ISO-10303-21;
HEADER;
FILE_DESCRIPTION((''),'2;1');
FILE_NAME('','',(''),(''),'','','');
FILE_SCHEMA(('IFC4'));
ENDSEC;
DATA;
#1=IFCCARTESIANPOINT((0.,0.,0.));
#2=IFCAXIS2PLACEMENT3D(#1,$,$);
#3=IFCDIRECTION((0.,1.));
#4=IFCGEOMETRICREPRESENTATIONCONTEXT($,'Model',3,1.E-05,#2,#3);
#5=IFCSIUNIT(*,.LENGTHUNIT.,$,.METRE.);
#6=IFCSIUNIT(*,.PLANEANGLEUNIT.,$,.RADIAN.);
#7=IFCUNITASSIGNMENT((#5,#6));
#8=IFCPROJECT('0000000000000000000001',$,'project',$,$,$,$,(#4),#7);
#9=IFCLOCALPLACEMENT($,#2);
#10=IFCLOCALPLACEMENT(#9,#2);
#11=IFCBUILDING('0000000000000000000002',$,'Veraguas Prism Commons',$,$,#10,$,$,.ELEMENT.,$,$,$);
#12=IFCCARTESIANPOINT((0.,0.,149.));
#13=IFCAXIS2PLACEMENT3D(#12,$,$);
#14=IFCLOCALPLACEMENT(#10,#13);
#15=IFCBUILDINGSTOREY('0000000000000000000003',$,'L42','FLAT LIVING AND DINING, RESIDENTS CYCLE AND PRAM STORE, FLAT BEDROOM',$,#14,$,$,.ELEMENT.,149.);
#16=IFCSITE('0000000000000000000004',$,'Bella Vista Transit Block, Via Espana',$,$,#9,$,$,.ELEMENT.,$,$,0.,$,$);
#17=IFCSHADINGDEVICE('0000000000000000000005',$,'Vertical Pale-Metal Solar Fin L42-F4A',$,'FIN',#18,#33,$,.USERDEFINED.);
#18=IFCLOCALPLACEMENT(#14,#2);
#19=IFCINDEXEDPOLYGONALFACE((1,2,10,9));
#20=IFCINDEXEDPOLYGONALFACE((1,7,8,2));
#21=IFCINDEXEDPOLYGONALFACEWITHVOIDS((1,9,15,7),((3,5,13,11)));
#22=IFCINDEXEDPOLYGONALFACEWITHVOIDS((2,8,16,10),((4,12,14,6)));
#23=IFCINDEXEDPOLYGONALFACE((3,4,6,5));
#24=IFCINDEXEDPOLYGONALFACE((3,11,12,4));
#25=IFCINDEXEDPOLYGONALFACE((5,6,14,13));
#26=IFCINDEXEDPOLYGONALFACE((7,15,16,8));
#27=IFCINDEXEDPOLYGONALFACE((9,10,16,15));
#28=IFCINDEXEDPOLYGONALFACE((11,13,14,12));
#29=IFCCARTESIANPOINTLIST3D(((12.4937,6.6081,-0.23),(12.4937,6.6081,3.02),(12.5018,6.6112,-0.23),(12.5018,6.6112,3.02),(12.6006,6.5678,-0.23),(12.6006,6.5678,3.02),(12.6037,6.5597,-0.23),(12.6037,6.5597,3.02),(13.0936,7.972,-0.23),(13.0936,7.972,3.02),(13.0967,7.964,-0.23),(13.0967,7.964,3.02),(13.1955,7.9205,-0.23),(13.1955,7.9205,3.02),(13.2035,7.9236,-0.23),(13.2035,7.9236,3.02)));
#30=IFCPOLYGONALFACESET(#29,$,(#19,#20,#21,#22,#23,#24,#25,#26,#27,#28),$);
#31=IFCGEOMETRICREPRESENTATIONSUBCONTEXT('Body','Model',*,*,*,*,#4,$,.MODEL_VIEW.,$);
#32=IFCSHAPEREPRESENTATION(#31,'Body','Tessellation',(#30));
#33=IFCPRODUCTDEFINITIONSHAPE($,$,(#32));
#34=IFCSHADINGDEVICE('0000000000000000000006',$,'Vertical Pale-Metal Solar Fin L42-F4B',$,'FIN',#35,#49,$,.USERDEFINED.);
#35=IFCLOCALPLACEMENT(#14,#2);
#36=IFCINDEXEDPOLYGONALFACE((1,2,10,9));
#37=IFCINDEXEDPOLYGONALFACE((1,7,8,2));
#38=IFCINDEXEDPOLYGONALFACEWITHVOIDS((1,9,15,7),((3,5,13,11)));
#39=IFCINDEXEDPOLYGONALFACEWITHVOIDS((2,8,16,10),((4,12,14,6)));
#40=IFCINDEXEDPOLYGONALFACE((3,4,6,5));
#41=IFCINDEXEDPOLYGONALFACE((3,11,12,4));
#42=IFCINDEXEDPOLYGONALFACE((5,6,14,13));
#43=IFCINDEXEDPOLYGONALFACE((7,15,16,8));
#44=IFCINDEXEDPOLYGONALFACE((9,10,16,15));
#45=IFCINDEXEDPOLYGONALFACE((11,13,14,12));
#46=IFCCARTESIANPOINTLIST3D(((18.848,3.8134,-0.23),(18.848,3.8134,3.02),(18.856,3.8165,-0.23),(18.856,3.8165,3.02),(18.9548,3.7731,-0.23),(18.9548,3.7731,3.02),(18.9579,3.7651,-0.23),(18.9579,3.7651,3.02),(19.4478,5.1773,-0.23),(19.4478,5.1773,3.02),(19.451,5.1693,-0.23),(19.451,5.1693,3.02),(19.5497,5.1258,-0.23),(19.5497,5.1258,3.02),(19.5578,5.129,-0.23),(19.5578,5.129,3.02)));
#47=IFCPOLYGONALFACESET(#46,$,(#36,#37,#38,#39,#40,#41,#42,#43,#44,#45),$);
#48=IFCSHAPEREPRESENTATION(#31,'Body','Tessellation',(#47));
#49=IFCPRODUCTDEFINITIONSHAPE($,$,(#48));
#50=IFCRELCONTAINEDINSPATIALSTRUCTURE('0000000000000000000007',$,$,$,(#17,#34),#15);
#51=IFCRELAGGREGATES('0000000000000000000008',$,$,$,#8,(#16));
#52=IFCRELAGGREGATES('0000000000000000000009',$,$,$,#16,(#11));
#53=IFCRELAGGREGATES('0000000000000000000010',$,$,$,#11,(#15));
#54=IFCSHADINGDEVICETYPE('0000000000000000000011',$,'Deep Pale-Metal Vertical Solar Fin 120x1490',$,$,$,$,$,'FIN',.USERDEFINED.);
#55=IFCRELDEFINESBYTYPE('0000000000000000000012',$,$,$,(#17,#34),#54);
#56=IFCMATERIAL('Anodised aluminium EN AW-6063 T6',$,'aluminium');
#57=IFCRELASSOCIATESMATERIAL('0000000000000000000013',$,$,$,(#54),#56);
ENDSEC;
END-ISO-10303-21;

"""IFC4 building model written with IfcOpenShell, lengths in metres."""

from ifc_helpers import new_model, si_unit, direction, frame, origin, origin_2d, place, context, subcontext, project, spatial, hollow_rectangle, extrude, material, material_profile, profile_set, type_object, element, save


model = new_model("IFC4")

# Units and contexts
model_context = context("Model", 3, precision=1e-05, world=origin(), true_north=direction((0.0, 1.0)))
body_context = subcontext(model_context, "Body", "Model", "MODEL_VIEW")
ifc_project = project(units=[si_unit("LENGTHUNIT", "METRE"), si_unit("PLANEANGLEUNIT", "RADIAN")], contexts=[model_context])

# Site, building, storey
site_placement = place(None, origin())
site = spatial("IfcSite", under=ifc_project, at=site_placement, Name="Bella Vista Transit Block, Via Espana", CompositionType="ELEMENT", RefElevation=0.0)
building_placement = place(site_placement, origin())
building = spatial("IfcBuilding", under=site, at=building_placement, Name="Veraguas Prism Commons", CompositionType="ELEMENT")
storey_placement = place(building_placement, frame((0.0, 0.0, 149.0)))
storey = spatial("IfcBuildingStorey", under=building, at=storey_placement, Name="L42", Description="FLAT LIVING AND DINING, RESIDENTS CYCLE AND PRAM STORE, FLAT BEDROOM", CompositionType="ELEMENT", Elevation=149.0)

# Shared definitions
ifc_material_1 = material(Name="Anodised aluminium EN AW-6063 T6", Category="aluminium")

# Shading devices
ifc_material_profile_1 = material_profile(ifc_material_1, hollow_rectangle(XDim=0.1201, YDim=1.49, WallThickness=0.0061, at=origin_2d()), Name="FIN120X1490X6")
ifc_profile_set_1 = profile_set([ifc_material_profile_1], Name="Anodised aluminium EN AW-6063 T6")
shading_device_type = type_object("IfcShadingDeviceType", Name="Deep Pale-Metal Vertical Solar Fin 120x1490", ElementType="FIN", PredefinedType="USERDEFINED", material=ifc_profile_set_1)
for number, where, z_axis, x_axis, name in (
    (1, (12.8486, 7.2659, -0.23), (0.0, 0.0, 1.0), (0.915383, -0.402584, 0.0), "Vertical Pale-Metal Solar Fin L42-F4A"),
    (2, (19.2029, 4.4712, -0.23), (0.0, 0.0, 1.0), (0.915383, -0.402584, 0.0), "Vertical Pale-Metal Solar Fin L42-F4B"),
):
    element("IfcShadingDevice", number, at=place(storey_placement, frame(where, z_axis=z_axis, x_axis=x_axis)), inside=storey, type_object=shading_device_type, Name=name, ObjectType="FIN", PredefinedType="USERDEFINED", context=body_context, shape_type="SweptSolid", body=[
        extrude(hollow_rectangle(XDim=0.1201, YDim=1.49, WallThickness=0.0061, at=origin_2d()), origin(), (0.0, 0.0, 1.0), 3.25),
    ])

save(model, "model.ifc")
